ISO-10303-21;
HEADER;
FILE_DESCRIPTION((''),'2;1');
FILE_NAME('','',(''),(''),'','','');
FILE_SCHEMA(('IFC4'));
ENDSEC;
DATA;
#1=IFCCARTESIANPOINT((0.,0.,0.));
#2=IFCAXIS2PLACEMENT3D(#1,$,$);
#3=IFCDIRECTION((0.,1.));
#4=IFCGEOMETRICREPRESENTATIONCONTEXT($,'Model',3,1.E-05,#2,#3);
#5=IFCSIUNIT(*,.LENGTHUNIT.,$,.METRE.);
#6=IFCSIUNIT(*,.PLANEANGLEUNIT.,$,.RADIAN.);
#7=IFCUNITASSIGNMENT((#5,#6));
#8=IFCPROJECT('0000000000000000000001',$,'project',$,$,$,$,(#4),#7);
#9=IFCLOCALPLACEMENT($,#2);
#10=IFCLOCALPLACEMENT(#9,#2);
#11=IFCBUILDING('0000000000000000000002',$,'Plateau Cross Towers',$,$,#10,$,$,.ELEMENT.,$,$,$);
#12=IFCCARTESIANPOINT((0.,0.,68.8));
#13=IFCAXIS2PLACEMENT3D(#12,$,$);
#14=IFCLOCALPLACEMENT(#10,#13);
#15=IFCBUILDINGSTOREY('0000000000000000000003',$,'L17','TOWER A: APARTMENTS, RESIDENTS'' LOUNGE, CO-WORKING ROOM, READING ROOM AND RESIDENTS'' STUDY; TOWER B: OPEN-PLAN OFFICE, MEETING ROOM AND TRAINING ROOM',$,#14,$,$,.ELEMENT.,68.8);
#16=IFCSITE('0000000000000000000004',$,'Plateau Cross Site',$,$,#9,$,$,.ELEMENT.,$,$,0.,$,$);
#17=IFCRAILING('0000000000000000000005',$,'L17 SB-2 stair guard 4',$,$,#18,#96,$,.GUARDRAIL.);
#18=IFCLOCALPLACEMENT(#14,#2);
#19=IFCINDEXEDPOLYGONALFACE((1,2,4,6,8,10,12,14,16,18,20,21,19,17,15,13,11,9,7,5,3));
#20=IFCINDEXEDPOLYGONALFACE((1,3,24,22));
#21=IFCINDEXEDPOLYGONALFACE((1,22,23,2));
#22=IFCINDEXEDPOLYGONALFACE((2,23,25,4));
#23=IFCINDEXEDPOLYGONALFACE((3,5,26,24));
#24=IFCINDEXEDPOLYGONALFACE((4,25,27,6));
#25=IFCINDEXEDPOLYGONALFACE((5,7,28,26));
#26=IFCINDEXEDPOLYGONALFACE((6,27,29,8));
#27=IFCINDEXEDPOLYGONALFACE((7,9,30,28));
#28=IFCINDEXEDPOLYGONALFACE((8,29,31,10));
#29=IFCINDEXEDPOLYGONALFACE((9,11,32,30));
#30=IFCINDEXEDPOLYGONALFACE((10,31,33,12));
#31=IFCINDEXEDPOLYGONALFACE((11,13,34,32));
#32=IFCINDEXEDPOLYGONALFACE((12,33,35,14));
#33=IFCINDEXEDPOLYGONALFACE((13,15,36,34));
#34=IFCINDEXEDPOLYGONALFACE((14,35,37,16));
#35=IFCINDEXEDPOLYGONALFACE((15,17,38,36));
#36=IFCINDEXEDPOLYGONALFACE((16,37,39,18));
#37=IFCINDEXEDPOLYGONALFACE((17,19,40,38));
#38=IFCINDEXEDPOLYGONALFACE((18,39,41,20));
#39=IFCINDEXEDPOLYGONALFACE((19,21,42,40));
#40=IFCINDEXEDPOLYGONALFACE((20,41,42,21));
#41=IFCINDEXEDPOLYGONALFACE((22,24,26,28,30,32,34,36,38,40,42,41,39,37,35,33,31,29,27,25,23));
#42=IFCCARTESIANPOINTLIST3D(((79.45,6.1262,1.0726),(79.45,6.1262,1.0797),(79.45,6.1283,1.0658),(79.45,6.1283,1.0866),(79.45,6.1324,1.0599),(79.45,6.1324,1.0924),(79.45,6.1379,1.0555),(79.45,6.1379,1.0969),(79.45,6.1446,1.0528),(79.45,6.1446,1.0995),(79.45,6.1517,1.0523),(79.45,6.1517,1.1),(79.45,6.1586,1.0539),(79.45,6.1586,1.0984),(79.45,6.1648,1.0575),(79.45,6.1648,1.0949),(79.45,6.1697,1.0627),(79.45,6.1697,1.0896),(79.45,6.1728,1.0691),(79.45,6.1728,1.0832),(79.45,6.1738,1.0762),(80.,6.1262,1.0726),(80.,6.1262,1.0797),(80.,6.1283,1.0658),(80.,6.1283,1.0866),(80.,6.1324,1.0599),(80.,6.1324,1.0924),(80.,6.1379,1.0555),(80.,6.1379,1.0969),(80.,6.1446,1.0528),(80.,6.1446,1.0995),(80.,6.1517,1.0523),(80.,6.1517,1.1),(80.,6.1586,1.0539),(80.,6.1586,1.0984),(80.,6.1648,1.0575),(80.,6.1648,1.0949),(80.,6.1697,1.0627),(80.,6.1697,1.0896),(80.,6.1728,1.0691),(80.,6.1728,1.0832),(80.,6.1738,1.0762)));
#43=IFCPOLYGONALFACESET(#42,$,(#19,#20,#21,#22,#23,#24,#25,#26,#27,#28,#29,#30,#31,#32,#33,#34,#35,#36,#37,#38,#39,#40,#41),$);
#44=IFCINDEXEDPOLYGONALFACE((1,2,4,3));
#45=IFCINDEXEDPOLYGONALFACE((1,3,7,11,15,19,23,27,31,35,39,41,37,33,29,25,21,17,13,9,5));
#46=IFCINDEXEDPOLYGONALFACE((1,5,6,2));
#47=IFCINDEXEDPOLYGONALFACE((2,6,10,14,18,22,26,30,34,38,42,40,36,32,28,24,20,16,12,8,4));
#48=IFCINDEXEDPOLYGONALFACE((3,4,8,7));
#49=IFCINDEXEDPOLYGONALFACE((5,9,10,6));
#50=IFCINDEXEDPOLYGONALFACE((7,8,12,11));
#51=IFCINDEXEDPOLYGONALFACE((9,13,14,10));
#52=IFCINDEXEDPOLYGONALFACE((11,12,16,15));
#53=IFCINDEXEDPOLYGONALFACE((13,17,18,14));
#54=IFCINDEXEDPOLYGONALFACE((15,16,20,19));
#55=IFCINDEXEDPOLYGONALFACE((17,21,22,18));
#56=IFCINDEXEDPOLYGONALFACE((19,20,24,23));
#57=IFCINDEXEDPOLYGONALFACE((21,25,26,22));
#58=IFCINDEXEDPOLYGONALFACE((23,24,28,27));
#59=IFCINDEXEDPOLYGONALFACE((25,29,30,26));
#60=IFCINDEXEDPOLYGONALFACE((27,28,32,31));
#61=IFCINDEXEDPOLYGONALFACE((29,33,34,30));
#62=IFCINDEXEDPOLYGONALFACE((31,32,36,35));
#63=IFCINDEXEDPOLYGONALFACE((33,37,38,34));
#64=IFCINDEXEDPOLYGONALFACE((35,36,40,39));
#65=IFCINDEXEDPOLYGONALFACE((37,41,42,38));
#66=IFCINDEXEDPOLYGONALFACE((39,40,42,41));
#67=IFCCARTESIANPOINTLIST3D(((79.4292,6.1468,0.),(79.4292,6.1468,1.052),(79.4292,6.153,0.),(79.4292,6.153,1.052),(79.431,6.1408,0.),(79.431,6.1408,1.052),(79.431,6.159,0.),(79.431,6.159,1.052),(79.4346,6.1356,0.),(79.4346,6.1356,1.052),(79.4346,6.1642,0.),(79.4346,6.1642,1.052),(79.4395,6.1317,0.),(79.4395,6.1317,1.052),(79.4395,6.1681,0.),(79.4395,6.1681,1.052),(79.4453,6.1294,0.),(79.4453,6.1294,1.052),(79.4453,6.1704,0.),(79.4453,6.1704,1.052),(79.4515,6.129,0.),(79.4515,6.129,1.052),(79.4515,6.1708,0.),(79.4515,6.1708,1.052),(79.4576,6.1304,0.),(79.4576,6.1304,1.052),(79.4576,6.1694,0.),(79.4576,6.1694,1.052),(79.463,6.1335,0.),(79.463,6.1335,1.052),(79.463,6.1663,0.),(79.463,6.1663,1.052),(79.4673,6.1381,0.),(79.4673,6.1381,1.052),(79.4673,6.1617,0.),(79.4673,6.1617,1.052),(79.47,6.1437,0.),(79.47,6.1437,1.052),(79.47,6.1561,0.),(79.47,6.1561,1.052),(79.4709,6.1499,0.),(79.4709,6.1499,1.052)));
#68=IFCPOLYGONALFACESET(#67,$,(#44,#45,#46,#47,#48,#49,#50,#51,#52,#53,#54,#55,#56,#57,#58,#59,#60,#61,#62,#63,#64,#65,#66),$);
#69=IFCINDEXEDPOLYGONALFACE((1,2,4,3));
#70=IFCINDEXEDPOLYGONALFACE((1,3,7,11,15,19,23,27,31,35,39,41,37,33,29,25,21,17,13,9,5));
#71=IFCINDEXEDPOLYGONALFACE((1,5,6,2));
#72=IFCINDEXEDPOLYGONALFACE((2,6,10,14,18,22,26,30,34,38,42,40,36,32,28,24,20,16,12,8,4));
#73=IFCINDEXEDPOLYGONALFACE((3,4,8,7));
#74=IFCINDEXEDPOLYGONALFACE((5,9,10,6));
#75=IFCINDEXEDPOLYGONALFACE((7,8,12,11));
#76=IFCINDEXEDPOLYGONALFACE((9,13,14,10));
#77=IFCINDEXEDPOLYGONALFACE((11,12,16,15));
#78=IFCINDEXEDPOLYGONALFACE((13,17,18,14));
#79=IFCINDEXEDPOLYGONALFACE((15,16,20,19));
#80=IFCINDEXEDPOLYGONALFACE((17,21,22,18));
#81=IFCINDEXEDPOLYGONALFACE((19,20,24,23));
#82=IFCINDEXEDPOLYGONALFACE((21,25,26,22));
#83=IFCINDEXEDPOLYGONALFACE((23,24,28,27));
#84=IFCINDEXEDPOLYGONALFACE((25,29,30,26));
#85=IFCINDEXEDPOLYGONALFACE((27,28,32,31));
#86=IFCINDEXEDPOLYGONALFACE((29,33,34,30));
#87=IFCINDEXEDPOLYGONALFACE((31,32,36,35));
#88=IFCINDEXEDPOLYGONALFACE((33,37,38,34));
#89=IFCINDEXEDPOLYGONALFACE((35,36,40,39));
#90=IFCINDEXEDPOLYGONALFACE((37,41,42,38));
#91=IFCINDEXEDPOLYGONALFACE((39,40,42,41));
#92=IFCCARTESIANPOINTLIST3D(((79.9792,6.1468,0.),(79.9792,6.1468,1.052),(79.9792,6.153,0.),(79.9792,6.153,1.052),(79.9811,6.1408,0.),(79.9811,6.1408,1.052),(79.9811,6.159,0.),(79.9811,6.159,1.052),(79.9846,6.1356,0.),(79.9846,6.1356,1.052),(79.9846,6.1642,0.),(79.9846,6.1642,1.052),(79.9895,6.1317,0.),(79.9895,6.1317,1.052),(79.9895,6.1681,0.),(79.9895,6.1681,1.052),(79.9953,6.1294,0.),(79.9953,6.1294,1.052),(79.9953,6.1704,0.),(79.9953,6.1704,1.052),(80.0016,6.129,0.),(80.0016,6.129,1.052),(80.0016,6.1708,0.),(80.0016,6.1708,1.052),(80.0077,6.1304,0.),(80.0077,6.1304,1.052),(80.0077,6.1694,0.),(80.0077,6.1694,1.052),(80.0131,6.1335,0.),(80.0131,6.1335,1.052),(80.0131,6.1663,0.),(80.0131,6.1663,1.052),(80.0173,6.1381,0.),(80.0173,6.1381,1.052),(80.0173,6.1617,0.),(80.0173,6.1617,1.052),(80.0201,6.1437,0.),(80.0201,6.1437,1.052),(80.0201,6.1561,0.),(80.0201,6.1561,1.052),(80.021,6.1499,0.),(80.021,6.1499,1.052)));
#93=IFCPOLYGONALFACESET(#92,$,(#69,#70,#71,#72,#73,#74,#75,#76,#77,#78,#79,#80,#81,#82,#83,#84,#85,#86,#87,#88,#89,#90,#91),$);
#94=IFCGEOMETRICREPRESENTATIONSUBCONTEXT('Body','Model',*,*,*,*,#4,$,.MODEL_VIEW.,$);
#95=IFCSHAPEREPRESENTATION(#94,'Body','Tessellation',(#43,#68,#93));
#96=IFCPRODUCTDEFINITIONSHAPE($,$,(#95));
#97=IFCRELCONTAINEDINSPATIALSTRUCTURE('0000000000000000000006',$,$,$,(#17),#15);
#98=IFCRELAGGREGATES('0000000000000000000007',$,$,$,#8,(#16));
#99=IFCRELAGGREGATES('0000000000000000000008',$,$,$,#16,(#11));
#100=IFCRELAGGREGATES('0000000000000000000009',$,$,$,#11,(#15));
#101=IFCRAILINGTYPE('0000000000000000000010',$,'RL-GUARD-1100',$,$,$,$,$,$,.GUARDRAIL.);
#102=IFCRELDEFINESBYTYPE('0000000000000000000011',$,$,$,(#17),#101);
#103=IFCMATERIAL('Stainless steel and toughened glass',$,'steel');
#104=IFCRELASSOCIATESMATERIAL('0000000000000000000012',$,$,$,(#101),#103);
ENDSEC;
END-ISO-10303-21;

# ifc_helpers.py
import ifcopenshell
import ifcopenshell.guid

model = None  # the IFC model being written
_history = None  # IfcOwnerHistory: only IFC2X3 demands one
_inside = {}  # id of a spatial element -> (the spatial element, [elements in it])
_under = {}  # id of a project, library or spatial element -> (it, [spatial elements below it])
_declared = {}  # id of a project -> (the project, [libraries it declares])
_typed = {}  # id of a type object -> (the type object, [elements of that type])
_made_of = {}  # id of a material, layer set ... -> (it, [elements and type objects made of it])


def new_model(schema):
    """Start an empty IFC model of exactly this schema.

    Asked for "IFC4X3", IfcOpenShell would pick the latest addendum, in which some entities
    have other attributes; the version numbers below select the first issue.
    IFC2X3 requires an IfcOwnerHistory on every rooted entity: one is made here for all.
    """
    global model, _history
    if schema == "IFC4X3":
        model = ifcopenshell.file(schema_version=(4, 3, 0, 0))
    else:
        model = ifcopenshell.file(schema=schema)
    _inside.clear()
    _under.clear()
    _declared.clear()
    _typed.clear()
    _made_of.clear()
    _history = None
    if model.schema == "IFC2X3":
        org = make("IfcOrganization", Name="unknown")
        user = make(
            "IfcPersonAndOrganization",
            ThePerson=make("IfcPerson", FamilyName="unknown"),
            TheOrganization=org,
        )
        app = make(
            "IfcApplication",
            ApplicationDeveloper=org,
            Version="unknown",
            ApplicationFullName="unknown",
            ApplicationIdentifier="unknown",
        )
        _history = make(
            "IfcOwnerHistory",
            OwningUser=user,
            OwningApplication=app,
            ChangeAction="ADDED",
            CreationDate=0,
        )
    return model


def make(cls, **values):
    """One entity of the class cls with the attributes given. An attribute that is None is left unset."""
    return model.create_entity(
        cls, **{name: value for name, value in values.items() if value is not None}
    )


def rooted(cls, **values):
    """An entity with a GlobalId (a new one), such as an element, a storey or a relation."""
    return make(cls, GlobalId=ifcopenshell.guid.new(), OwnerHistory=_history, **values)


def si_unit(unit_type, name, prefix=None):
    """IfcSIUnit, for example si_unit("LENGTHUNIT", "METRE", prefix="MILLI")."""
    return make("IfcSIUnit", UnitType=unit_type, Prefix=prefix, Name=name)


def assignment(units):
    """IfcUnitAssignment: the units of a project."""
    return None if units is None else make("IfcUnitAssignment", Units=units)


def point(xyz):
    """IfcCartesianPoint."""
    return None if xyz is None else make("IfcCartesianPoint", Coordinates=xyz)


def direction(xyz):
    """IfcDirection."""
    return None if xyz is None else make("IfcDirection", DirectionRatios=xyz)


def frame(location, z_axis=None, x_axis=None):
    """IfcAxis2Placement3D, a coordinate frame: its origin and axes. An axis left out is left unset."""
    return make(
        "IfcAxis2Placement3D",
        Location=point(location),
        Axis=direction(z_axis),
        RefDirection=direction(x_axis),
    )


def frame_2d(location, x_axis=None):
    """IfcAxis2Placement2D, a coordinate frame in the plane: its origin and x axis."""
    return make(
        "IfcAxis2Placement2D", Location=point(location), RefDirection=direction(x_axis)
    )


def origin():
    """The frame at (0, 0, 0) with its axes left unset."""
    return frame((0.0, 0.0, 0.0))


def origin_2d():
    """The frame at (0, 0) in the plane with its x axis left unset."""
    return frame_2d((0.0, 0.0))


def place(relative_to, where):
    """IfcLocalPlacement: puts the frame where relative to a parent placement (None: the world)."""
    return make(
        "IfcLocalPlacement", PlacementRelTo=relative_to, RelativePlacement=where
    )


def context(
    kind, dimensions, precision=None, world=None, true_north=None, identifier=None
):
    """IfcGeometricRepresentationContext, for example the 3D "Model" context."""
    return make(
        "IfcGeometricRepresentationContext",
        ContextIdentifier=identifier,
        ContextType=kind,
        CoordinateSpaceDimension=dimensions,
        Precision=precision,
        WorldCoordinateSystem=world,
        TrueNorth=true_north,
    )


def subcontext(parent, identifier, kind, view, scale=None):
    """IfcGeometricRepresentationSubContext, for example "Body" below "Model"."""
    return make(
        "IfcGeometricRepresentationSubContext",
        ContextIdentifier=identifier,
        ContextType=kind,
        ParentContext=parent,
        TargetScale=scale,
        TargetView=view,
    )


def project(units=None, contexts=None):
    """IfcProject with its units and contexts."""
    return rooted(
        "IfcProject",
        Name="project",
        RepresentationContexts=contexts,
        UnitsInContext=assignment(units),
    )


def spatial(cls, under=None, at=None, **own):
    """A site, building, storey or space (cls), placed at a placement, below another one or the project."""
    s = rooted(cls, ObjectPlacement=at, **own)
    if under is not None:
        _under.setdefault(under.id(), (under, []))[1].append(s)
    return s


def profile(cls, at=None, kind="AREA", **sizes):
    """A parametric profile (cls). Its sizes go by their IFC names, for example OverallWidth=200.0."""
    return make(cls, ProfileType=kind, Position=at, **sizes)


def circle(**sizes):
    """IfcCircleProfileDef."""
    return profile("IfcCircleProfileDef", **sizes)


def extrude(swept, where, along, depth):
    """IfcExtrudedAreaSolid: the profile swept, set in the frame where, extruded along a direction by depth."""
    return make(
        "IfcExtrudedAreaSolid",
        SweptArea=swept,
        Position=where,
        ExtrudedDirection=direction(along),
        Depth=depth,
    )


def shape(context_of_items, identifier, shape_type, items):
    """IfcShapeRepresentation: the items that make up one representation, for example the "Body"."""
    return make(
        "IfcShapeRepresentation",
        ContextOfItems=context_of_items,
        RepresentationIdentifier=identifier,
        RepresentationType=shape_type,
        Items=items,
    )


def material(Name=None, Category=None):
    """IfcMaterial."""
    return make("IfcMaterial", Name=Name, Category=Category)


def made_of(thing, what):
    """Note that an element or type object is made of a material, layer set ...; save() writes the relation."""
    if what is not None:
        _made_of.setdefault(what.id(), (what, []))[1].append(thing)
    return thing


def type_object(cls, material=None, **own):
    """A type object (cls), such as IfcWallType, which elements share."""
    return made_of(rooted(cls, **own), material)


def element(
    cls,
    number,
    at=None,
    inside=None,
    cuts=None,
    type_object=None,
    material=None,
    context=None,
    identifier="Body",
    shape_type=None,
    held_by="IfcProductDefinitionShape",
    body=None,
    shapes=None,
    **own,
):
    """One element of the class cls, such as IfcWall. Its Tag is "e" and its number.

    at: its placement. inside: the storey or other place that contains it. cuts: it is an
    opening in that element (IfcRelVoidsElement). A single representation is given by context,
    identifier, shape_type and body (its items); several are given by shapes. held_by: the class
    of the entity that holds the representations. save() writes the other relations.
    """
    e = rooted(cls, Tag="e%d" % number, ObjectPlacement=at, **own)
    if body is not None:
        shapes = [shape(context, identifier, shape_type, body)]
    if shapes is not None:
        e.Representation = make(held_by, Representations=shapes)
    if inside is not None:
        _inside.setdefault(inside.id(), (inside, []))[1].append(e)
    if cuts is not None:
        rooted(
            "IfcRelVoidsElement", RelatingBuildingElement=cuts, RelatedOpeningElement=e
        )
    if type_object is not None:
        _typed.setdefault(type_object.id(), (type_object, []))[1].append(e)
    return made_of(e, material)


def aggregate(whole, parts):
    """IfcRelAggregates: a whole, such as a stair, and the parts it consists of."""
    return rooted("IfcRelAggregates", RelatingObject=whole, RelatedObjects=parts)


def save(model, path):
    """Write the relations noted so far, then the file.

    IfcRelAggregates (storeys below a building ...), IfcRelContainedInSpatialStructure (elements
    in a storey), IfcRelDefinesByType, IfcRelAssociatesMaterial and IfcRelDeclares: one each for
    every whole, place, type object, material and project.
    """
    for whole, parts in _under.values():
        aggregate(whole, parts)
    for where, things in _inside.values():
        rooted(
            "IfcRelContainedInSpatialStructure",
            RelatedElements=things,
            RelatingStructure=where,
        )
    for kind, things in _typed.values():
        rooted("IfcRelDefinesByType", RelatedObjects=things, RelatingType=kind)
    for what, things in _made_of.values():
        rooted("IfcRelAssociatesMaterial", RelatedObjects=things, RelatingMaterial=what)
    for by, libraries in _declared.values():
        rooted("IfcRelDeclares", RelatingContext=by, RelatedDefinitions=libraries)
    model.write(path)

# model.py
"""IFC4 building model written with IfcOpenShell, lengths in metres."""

from ifc_helpers import new_model, si_unit, direction, frame, origin, origin_2d, place, context, subcontext, project, spatial, circle, extrude, material, type_object, element, save


model = new_model("IFC4")

# Units and contexts
model_context = context("Model", 3, precision=1e-05, world=origin(), true_north=direction((0.0, 1.0)))
body_context = subcontext(model_context, "Body", "Model", "MODEL_VIEW")
ifc_project = project(units=[si_unit("LENGTHUNIT", "METRE"), si_unit("PLANEANGLEUNIT", "RADIAN")], contexts=[model_context])

# Site, building, storey
site_placement = place(None, origin())
site = spatial("IfcSite", under=ifc_project, at=site_placement, Name="Plateau Cross Site", CompositionType="ELEMENT", RefElevation=0.0)
building_placement = place(site_placement, origin())
building = spatial("IfcBuilding", under=site, at=building_placement, Name="Plateau Cross Towers", CompositionType="ELEMENT")
storey_placement = place(building_placement, frame((0.0, 0.0, 68.8)))
storey = spatial("IfcBuildingStorey", under=building, at=storey_placement, Name="L17", Description="TOWER A: APARTMENTS, RESIDENTS' LOUNGE, CO-WORKING ROOM, READING ROOM AND RESIDENTS' STUDY; TOWER B: OPEN-PLAN OFFICE, MEETING ROOM AND TRAINING ROOM", CompositionType="ELEMENT", Elevation=68.8)

# Railing
ifc_material_1 = material(Name="Stainless steel and toughened glass", Category="steel")
railing_type = type_object("IfcRailingType", Name="RL-GUARD-1100", PredefinedType="GUARDRAIL", material=ifc_material_1)
railing_placement = place(storey_placement, frame((79.45, 6.1499, 0.0)))
element("IfcRailing", 1, at=railing_placement, inside=storey, type_object=railing_type, Name="L17 SB-2 stair guard 4", PredefinedType="GUARDRAIL", context=body_context, shape_type="SweptSolid", body=[
    extrude(circle(Radius=0.0239, at=origin_2d()), frame((0.0, 0.0, 1.0762), z_axis=(1.0, 0.0, 0.0), x_axis=(0.0, 1.0, 0.0)), (0.0, 0.0, 1.0), 0.55),
    extrude(circle(Radius=0.021, at=origin_2d()), origin(), (0.0, 0.0, 1.0), 1.052),
    extrude(circle(Radius=0.021, at=origin_2d()), frame((0.55, 0.0, 0.0)), (0.0, 0.0, 1.0), 1.052),
])

save(model, "model.ifc")
